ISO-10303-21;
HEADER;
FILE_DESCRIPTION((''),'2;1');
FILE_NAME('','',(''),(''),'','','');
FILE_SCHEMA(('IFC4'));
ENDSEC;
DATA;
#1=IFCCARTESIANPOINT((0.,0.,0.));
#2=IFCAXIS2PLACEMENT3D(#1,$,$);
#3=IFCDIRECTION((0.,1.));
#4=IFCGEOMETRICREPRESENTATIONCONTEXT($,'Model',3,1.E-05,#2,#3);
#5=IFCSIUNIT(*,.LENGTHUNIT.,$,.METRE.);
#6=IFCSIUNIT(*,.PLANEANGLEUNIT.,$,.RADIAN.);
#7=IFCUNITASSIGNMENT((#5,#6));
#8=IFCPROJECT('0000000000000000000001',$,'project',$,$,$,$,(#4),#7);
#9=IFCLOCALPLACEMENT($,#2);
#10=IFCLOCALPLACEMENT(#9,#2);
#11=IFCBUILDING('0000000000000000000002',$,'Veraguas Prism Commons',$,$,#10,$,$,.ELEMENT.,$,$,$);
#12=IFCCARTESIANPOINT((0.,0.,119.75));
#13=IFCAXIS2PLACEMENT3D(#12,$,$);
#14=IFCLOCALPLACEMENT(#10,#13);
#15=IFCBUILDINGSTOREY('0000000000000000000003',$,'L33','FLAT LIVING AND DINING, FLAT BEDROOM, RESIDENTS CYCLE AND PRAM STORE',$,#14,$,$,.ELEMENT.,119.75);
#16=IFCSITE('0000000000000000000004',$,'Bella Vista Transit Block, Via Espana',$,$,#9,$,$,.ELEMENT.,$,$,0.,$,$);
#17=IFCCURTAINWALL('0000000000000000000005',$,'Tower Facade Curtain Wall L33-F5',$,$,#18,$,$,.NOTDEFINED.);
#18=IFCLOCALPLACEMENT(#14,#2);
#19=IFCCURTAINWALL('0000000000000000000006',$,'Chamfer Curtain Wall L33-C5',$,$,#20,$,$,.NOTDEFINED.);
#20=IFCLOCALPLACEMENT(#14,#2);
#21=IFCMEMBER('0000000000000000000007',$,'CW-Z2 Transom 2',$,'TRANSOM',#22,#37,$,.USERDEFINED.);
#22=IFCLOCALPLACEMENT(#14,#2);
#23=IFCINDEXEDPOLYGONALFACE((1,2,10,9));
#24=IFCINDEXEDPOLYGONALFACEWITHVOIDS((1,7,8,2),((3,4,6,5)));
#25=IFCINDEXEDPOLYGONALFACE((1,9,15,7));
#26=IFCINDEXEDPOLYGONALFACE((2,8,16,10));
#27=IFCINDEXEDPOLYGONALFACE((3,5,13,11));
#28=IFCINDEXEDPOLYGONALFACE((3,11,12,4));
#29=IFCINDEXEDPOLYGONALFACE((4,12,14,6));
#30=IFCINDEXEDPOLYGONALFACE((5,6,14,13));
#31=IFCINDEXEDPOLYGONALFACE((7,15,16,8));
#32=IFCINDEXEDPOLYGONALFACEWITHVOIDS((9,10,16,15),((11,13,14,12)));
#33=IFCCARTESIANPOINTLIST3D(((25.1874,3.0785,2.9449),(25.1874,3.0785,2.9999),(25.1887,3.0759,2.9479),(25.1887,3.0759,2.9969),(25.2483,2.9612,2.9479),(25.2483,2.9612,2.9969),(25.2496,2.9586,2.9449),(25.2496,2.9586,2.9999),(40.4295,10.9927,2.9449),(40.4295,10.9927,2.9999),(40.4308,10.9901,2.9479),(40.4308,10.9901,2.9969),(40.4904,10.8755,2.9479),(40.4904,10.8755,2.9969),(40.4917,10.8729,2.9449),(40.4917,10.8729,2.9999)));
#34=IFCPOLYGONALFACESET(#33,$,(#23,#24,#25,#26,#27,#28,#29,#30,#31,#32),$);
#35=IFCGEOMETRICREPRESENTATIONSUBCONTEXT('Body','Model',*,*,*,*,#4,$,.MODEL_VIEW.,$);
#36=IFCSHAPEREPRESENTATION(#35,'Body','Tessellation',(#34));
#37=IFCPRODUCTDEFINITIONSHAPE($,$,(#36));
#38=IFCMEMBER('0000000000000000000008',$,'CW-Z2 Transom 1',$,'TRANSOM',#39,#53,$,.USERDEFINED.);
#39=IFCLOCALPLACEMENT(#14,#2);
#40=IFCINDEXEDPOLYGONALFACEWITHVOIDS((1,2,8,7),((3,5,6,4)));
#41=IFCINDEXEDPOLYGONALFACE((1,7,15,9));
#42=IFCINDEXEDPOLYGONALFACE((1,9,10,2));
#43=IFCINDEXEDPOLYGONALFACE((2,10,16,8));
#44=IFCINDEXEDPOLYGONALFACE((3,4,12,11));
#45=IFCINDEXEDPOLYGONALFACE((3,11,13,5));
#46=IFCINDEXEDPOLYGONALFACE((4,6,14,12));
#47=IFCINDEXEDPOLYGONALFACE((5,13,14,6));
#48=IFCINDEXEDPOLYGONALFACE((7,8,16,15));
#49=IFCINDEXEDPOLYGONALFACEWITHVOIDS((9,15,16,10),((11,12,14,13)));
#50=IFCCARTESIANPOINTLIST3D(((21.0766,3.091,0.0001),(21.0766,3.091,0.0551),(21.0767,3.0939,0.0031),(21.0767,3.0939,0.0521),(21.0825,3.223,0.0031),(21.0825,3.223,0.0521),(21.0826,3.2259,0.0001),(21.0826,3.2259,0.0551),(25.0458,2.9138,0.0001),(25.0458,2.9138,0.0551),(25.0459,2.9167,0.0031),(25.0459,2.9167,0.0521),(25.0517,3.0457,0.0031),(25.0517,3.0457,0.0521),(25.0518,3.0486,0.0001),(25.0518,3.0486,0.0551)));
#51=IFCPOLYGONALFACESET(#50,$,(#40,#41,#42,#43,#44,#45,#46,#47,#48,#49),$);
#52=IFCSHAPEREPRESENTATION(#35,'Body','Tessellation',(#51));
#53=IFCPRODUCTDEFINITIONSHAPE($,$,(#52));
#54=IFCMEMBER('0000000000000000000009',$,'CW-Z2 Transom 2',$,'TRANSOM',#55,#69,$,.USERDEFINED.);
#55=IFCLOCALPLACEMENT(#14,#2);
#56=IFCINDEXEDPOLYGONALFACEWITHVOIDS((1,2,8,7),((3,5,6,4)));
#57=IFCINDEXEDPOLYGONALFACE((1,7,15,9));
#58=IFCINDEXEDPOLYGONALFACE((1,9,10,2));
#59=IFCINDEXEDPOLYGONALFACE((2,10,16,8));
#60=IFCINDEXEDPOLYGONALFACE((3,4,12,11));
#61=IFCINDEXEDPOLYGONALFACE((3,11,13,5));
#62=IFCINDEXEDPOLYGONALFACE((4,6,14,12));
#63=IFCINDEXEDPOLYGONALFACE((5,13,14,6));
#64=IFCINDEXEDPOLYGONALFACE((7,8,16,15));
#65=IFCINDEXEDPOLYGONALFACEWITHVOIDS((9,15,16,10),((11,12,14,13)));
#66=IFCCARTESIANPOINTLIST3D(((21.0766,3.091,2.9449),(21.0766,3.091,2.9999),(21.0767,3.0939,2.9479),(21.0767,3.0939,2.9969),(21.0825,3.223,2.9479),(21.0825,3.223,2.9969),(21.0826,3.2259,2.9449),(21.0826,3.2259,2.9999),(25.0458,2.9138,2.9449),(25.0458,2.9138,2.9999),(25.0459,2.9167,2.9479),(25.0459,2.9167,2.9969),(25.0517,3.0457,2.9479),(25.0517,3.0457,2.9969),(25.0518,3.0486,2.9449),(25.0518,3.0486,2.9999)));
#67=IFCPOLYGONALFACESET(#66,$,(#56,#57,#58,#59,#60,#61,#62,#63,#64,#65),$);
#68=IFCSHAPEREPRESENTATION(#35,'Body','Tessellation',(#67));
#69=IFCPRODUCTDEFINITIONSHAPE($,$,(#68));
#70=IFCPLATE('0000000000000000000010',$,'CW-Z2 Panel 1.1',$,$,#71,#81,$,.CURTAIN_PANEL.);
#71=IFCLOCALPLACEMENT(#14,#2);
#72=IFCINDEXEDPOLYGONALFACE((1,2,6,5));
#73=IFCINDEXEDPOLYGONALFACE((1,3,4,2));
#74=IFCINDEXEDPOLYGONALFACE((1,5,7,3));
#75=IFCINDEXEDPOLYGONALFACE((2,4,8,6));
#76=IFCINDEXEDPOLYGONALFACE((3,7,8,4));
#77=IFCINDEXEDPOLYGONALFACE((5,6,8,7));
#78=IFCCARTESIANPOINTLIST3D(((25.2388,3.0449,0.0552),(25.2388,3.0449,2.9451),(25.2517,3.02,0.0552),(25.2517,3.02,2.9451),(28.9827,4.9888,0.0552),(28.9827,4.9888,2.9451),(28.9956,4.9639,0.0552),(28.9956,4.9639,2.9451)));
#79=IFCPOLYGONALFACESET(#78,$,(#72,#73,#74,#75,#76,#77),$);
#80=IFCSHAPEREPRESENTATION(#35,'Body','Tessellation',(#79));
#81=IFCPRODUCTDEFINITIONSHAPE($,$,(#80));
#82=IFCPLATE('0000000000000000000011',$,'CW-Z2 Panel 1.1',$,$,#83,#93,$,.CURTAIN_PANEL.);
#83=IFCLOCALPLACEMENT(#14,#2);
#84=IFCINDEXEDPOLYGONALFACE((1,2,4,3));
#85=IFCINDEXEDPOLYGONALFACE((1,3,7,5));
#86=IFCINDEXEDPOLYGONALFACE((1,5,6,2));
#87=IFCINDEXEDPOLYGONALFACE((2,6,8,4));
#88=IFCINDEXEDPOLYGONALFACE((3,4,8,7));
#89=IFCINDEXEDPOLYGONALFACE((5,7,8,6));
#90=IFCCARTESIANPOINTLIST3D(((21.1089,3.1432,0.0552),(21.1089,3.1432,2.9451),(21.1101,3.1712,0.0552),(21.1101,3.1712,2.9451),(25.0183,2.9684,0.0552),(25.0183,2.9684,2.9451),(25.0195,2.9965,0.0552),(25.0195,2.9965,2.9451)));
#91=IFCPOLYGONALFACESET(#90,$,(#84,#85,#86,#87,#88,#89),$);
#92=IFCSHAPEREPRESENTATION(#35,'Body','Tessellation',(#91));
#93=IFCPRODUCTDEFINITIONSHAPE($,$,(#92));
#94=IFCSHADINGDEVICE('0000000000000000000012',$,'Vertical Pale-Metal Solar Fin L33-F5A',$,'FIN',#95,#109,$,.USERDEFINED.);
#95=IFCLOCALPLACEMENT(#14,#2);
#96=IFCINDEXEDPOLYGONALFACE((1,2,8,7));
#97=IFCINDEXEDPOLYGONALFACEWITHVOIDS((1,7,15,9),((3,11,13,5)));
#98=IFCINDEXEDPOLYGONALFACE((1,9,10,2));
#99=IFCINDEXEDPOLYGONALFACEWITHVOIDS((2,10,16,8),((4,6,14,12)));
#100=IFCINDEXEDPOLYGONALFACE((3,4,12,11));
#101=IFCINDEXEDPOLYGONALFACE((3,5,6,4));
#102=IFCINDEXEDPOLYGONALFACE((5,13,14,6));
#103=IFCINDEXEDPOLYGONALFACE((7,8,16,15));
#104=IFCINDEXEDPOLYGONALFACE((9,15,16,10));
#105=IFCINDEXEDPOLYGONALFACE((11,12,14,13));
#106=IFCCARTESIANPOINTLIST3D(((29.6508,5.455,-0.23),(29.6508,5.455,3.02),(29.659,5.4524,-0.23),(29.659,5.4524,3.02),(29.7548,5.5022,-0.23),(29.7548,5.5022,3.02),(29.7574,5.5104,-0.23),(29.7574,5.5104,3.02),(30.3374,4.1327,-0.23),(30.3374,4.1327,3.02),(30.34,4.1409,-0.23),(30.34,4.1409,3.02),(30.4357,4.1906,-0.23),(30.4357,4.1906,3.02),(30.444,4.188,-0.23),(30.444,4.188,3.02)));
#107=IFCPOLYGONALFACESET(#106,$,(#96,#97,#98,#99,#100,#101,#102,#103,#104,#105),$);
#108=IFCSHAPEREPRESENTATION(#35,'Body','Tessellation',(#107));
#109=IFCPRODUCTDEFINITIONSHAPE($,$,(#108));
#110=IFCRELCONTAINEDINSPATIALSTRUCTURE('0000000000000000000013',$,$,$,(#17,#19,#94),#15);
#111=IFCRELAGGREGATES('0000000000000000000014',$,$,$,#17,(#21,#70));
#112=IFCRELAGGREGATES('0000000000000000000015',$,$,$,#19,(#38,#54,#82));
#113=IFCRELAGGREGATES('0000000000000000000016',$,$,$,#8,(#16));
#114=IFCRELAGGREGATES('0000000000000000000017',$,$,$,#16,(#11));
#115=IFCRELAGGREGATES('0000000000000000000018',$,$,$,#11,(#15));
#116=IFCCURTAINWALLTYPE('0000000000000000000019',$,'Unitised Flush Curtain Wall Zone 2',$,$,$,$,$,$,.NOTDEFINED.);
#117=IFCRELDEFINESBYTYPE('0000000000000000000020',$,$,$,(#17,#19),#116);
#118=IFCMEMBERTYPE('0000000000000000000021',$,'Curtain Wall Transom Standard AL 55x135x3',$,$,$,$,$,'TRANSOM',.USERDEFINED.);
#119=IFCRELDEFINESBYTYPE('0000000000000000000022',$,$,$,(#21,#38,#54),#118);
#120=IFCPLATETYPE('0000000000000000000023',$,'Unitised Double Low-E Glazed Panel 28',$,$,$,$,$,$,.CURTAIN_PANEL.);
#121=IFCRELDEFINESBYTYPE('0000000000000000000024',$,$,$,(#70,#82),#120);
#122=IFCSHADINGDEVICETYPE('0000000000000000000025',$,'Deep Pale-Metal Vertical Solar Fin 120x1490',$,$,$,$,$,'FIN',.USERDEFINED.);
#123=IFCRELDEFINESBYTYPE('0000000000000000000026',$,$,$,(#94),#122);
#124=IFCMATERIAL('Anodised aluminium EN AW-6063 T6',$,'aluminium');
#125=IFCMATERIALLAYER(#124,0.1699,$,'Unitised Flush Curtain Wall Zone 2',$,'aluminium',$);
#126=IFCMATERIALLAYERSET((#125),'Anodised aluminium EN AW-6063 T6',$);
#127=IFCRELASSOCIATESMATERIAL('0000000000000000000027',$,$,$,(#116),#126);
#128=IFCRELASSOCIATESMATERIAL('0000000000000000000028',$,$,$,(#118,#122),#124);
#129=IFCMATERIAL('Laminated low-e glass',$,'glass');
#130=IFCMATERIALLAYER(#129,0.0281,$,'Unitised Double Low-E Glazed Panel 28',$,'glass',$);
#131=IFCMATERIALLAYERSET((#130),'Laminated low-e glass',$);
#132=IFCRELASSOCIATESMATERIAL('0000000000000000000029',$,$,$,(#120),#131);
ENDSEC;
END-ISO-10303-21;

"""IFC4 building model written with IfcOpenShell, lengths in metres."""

from ifc_helpers import new_model, si_unit, direction, frame, origin, origin_2d, place, context, subcontext, project, spatial, rectangle, hollow_rectangle, extrude, source, transform, mapped, material, layer, layer_set, material_profile, profile_set, type_object, element, aggregate, save


model = new_model("IFC4")

# Units and contexts
model_context = context("Model", 3, precision=1e-05, world=origin(), true_north=direction((0.0, 1.0)))
body_context = subcontext(model_context, "Body", "Model", "MODEL_VIEW")
ifc_project = project(units=[si_unit("LENGTHUNIT", "METRE"), si_unit("PLANEANGLEUNIT", "RADIAN")], contexts=[model_context])

# Site, building, storey
site_placement = place(None, origin())
site = spatial("IfcSite", under=ifc_project, at=site_placement, Name="Bella Vista Transit Block, Via Espana", CompositionType="ELEMENT", RefElevation=0.0)
building_placement = place(site_placement, origin())
building = spatial("IfcBuilding", under=site, at=building_placement, Name="Veraguas Prism Commons", CompositionType="ELEMENT")
storey_placement = place(building_placement, frame((0.0, 0.0, 119.75)))
storey = spatial("IfcBuildingStorey", under=building, at=storey_placement, Name="L33", Description="FLAT LIVING AND DINING, FLAT BEDROOM, RESIDENTS CYCLE AND PRAM STORE", CompositionType="ELEMENT", Elevation=119.75)

# Shared definitions
ifc_material_1 = material(Name="Anodised aluminium EN AW-6063 T6", Category="aluminium")
ifc_layer_1 = layer(ifc_material_1, 0.1699, Name="Unitised Flush Curtain Wall Zone 2", Category="aluminium")
ifc_layer_set_1 = layer_set([ifc_layer_1], Name="Anodised aluminium EN AW-6063 T6")
curtain_wall_type = type_object("IfcCurtainWallType", Name="Unitised Flush Curtain Wall Zone 2", PredefinedType="NOTDEFINED", material=ifc_layer_set_1)

# Curtain walls
curtain_wall_1_placement = place(storey_placement, origin())
curtain_wall_1 = element("IfcCurtainWall", 1, at=curtain_wall_1_placement, inside=storey, type_object=curtain_wall_type, Name="Tower Facade Curtain Wall L33-F5", PredefinedType="NOTDEFINED")
curtain_wall_2_placement = place(storey_placement, origin())
curtain_wall_2 = element("IfcCurtainWall", 2, at=curtain_wall_2_placement, inside=storey, type_object=curtain_wall_type, Name="Chamfer Curtain Wall L33-C5", PredefinedType="NOTDEFINED")

# Members
ifc_material_profile_1 = material_profile(ifc_material_1, hollow_rectangle(XDim=0.0549, YDim=0.135, WallThickness=0.0029, at=origin_2d()), Name="AL55X135X3")
ifc_profile_set_1 = profile_set([ifc_material_profile_1], Name="Anodised aluminium EN AW-6063 T6")
member_type_1 = type_object("IfcMemberType", Name="Curtain Wall Transom Standard AL 55x135x3", ElementType="TRANSOM", PredefinedType="USERDEFINED", material=ifc_profile_set_1)
shared_shape_1 = source(origin(), body_context, "Body", "SweptSolid", [
    extrude(hollow_rectangle(XDim=0.0549, YDim=0.135, WallThickness=0.0029, at=origin_2d()), origin(), (0.0, 0.0, 1.0), 17.1743),
])
member_1_placement = place(storey_placement, frame((25.2185, 3.0186, 2.9724), z_axis=(0.887494, 0.46082, 0.0), x_axis=(0.0, 0.0, 1.0)))
member_1 = element("IfcMember", 3, at=member_1_placement, type_object=member_type_1, Name="CW-Z2 Transom 2", ObjectType="TRANSOM", PredefinedType="USERDEFINED", context=body_context, shape_type="MappedRepresentation", body=[
    mapped(shared_shape_1, transform((0.0, 0.0, 0.0), scale=1.0)),
])
shared_shape_2 = source(origin(), body_context, "Body", "SweptSolid", [
    extrude(hollow_rectangle(XDim=0.0549, YDim=0.135, WallThickness=0.0029, at=origin_2d()), origin(), (0.0, 0.0, 1.0), 3.9731),
])
member_2_placement = place(storey_placement, frame((21.0796, 3.1584, 0.0276), z_axis=(0.999004, -0.04461, 0.0), x_axis=(0.0, 0.0, 1.0)))
member_2 = element("IfcMember", 4, at=member_2_placement, type_object=member_type_1, Name="CW-Z2 Transom 1", ObjectType="TRANSOM", PredefinedType="USERDEFINED", context=body_context, shape_type="MappedRepresentation", body=[
    mapped(shared_shape_2, transform((0.0, 0.0, 0.0), scale=1.0)),
])
member_3_placement = place(storey_placement, frame((21.0796, 3.1584, 2.9724), z_axis=(0.999004, -0.04461, 0.0), x_axis=(0.0, 0.0, 1.0)))
member_3 = element("IfcMember", 5, at=member_3_placement, type_object=member_type_1, Name="CW-Z2 Transom 2", ObjectType="TRANSOM", PredefinedType="USERDEFINED", context=body_context, shape_type="MappedRepresentation", body=[
    mapped(shared_shape_2, transform((0.0, 0.0, 0.0), scale=1.0)),
])

# Plates
ifc_material_2 = material(Name="Laminated low-e glass", Category="glass")
ifc_layer_2 = layer(ifc_material_2, 0.0281, Name="Unitised Double Low-E Glazed Panel 28", Category="glass")
ifc_layer_set_2 = layer_set([ifc_layer_2], Name="Laminated low-e glass")
plate_type = type_object("IfcPlateType", Name="Unitised Double Low-E Glazed Panel 28", PredefinedType="CURTAIN_PANEL", material=ifc_layer_set_2)
shared_shape_3 = source(origin(), body_context, "Body", "SweptSolid", [
    extrude(rectangle(XDim=4.2185, YDim=0.0281, at=origin_2d()), origin(), (0.0, 0.0, 1.0), 2.8899),
])
plate_1_placement = place(storey_placement, frame((27.1172, 4.0044, 0.0552), z_axis=(0.0, 0.0, 1.0), x_axis=(0.887494, 0.460819, 0.0)))
plate_1 = element("IfcPlate", 6, at=plate_1_placement, type_object=plate_type, Name="CW-Z2 Panel 1.1", PredefinedType="CURTAIN_PANEL", context=body_context, shape_type="MappedRepresentation", body=[
    mapped(shared_shape_3, transform((0.0, 0.0, 0.0), scale=1.0)),
])
aggregate(curtain_wall_1, [member_1, plate_1])
shared_shape_4 = source(origin(), body_context, "Body", "SweptSolid", [
    extrude(rectangle(XDim=3.9133, YDim=0.0281, at=origin_2d()), origin(), (0.0, 0.0, 1.0), 2.8899),
])
plate_2_placement = place(storey_placement, frame((23.0642, 3.0698, 0.0552), z_axis=(0.0, 0.0, 1.0), x_axis=(0.999003, -0.044653, 0.0)))
plate_2 = element("IfcPlate", 7, at=plate_2_placement, type_object=plate_type, Name="CW-Z2 Panel 1.1", PredefinedType="CURTAIN_PANEL", context=body_context, shape_type="MappedRepresentation", body=[
    mapped(shared_shape_4, transform((0.0, 0.0, 0.0), scale=1.0)),
])
aggregate(curtain_wall_2, [member_2, member_3, plate_2])

# Shading device
ifc_material_profile_2 = material_profile(ifc_material_1, hollow_rectangle(XDim=0.1201, YDim=1.49, WallThickness=0.0061, at=origin_2d()), Name="FIN120X1490X6")
ifc_profile_set_2 = profile_set([ifc_material_profile_2], Name="Anodised aluminium EN AW-6063 T6")
shading_device_type = type_object("IfcShadingDeviceType", Name="Deep Pale-Metal Vertical Solar Fin 120x1490", ElementType="FIN", PredefinedType="USERDEFINED", material=ifc_profile_set_2)
shading_device_placement = place(storey_placement, frame((30.0474, 4.8215, -0.23), z_axis=(0.0, 0.0, 1.0), x_axis=(0.887495, 0.460818, 0.0)))
element("IfcShadingDevice", 8, at=shading_device_placement, inside=storey, type_object=shading_device_type, Name="Vertical Pale-Metal Solar Fin L33-F5A", ObjectType="FIN", PredefinedType="USERDEFINED", context=body_context, shape_type="SweptSolid", body=[
    extrude(hollow_rectangle(XDim=0.1201, YDim=1.49, WallThickness=0.0061, at=origin_2d()), origin(), (0.0, 0.0, 1.0), 3.25),
])

save(model, "model.ifc")
